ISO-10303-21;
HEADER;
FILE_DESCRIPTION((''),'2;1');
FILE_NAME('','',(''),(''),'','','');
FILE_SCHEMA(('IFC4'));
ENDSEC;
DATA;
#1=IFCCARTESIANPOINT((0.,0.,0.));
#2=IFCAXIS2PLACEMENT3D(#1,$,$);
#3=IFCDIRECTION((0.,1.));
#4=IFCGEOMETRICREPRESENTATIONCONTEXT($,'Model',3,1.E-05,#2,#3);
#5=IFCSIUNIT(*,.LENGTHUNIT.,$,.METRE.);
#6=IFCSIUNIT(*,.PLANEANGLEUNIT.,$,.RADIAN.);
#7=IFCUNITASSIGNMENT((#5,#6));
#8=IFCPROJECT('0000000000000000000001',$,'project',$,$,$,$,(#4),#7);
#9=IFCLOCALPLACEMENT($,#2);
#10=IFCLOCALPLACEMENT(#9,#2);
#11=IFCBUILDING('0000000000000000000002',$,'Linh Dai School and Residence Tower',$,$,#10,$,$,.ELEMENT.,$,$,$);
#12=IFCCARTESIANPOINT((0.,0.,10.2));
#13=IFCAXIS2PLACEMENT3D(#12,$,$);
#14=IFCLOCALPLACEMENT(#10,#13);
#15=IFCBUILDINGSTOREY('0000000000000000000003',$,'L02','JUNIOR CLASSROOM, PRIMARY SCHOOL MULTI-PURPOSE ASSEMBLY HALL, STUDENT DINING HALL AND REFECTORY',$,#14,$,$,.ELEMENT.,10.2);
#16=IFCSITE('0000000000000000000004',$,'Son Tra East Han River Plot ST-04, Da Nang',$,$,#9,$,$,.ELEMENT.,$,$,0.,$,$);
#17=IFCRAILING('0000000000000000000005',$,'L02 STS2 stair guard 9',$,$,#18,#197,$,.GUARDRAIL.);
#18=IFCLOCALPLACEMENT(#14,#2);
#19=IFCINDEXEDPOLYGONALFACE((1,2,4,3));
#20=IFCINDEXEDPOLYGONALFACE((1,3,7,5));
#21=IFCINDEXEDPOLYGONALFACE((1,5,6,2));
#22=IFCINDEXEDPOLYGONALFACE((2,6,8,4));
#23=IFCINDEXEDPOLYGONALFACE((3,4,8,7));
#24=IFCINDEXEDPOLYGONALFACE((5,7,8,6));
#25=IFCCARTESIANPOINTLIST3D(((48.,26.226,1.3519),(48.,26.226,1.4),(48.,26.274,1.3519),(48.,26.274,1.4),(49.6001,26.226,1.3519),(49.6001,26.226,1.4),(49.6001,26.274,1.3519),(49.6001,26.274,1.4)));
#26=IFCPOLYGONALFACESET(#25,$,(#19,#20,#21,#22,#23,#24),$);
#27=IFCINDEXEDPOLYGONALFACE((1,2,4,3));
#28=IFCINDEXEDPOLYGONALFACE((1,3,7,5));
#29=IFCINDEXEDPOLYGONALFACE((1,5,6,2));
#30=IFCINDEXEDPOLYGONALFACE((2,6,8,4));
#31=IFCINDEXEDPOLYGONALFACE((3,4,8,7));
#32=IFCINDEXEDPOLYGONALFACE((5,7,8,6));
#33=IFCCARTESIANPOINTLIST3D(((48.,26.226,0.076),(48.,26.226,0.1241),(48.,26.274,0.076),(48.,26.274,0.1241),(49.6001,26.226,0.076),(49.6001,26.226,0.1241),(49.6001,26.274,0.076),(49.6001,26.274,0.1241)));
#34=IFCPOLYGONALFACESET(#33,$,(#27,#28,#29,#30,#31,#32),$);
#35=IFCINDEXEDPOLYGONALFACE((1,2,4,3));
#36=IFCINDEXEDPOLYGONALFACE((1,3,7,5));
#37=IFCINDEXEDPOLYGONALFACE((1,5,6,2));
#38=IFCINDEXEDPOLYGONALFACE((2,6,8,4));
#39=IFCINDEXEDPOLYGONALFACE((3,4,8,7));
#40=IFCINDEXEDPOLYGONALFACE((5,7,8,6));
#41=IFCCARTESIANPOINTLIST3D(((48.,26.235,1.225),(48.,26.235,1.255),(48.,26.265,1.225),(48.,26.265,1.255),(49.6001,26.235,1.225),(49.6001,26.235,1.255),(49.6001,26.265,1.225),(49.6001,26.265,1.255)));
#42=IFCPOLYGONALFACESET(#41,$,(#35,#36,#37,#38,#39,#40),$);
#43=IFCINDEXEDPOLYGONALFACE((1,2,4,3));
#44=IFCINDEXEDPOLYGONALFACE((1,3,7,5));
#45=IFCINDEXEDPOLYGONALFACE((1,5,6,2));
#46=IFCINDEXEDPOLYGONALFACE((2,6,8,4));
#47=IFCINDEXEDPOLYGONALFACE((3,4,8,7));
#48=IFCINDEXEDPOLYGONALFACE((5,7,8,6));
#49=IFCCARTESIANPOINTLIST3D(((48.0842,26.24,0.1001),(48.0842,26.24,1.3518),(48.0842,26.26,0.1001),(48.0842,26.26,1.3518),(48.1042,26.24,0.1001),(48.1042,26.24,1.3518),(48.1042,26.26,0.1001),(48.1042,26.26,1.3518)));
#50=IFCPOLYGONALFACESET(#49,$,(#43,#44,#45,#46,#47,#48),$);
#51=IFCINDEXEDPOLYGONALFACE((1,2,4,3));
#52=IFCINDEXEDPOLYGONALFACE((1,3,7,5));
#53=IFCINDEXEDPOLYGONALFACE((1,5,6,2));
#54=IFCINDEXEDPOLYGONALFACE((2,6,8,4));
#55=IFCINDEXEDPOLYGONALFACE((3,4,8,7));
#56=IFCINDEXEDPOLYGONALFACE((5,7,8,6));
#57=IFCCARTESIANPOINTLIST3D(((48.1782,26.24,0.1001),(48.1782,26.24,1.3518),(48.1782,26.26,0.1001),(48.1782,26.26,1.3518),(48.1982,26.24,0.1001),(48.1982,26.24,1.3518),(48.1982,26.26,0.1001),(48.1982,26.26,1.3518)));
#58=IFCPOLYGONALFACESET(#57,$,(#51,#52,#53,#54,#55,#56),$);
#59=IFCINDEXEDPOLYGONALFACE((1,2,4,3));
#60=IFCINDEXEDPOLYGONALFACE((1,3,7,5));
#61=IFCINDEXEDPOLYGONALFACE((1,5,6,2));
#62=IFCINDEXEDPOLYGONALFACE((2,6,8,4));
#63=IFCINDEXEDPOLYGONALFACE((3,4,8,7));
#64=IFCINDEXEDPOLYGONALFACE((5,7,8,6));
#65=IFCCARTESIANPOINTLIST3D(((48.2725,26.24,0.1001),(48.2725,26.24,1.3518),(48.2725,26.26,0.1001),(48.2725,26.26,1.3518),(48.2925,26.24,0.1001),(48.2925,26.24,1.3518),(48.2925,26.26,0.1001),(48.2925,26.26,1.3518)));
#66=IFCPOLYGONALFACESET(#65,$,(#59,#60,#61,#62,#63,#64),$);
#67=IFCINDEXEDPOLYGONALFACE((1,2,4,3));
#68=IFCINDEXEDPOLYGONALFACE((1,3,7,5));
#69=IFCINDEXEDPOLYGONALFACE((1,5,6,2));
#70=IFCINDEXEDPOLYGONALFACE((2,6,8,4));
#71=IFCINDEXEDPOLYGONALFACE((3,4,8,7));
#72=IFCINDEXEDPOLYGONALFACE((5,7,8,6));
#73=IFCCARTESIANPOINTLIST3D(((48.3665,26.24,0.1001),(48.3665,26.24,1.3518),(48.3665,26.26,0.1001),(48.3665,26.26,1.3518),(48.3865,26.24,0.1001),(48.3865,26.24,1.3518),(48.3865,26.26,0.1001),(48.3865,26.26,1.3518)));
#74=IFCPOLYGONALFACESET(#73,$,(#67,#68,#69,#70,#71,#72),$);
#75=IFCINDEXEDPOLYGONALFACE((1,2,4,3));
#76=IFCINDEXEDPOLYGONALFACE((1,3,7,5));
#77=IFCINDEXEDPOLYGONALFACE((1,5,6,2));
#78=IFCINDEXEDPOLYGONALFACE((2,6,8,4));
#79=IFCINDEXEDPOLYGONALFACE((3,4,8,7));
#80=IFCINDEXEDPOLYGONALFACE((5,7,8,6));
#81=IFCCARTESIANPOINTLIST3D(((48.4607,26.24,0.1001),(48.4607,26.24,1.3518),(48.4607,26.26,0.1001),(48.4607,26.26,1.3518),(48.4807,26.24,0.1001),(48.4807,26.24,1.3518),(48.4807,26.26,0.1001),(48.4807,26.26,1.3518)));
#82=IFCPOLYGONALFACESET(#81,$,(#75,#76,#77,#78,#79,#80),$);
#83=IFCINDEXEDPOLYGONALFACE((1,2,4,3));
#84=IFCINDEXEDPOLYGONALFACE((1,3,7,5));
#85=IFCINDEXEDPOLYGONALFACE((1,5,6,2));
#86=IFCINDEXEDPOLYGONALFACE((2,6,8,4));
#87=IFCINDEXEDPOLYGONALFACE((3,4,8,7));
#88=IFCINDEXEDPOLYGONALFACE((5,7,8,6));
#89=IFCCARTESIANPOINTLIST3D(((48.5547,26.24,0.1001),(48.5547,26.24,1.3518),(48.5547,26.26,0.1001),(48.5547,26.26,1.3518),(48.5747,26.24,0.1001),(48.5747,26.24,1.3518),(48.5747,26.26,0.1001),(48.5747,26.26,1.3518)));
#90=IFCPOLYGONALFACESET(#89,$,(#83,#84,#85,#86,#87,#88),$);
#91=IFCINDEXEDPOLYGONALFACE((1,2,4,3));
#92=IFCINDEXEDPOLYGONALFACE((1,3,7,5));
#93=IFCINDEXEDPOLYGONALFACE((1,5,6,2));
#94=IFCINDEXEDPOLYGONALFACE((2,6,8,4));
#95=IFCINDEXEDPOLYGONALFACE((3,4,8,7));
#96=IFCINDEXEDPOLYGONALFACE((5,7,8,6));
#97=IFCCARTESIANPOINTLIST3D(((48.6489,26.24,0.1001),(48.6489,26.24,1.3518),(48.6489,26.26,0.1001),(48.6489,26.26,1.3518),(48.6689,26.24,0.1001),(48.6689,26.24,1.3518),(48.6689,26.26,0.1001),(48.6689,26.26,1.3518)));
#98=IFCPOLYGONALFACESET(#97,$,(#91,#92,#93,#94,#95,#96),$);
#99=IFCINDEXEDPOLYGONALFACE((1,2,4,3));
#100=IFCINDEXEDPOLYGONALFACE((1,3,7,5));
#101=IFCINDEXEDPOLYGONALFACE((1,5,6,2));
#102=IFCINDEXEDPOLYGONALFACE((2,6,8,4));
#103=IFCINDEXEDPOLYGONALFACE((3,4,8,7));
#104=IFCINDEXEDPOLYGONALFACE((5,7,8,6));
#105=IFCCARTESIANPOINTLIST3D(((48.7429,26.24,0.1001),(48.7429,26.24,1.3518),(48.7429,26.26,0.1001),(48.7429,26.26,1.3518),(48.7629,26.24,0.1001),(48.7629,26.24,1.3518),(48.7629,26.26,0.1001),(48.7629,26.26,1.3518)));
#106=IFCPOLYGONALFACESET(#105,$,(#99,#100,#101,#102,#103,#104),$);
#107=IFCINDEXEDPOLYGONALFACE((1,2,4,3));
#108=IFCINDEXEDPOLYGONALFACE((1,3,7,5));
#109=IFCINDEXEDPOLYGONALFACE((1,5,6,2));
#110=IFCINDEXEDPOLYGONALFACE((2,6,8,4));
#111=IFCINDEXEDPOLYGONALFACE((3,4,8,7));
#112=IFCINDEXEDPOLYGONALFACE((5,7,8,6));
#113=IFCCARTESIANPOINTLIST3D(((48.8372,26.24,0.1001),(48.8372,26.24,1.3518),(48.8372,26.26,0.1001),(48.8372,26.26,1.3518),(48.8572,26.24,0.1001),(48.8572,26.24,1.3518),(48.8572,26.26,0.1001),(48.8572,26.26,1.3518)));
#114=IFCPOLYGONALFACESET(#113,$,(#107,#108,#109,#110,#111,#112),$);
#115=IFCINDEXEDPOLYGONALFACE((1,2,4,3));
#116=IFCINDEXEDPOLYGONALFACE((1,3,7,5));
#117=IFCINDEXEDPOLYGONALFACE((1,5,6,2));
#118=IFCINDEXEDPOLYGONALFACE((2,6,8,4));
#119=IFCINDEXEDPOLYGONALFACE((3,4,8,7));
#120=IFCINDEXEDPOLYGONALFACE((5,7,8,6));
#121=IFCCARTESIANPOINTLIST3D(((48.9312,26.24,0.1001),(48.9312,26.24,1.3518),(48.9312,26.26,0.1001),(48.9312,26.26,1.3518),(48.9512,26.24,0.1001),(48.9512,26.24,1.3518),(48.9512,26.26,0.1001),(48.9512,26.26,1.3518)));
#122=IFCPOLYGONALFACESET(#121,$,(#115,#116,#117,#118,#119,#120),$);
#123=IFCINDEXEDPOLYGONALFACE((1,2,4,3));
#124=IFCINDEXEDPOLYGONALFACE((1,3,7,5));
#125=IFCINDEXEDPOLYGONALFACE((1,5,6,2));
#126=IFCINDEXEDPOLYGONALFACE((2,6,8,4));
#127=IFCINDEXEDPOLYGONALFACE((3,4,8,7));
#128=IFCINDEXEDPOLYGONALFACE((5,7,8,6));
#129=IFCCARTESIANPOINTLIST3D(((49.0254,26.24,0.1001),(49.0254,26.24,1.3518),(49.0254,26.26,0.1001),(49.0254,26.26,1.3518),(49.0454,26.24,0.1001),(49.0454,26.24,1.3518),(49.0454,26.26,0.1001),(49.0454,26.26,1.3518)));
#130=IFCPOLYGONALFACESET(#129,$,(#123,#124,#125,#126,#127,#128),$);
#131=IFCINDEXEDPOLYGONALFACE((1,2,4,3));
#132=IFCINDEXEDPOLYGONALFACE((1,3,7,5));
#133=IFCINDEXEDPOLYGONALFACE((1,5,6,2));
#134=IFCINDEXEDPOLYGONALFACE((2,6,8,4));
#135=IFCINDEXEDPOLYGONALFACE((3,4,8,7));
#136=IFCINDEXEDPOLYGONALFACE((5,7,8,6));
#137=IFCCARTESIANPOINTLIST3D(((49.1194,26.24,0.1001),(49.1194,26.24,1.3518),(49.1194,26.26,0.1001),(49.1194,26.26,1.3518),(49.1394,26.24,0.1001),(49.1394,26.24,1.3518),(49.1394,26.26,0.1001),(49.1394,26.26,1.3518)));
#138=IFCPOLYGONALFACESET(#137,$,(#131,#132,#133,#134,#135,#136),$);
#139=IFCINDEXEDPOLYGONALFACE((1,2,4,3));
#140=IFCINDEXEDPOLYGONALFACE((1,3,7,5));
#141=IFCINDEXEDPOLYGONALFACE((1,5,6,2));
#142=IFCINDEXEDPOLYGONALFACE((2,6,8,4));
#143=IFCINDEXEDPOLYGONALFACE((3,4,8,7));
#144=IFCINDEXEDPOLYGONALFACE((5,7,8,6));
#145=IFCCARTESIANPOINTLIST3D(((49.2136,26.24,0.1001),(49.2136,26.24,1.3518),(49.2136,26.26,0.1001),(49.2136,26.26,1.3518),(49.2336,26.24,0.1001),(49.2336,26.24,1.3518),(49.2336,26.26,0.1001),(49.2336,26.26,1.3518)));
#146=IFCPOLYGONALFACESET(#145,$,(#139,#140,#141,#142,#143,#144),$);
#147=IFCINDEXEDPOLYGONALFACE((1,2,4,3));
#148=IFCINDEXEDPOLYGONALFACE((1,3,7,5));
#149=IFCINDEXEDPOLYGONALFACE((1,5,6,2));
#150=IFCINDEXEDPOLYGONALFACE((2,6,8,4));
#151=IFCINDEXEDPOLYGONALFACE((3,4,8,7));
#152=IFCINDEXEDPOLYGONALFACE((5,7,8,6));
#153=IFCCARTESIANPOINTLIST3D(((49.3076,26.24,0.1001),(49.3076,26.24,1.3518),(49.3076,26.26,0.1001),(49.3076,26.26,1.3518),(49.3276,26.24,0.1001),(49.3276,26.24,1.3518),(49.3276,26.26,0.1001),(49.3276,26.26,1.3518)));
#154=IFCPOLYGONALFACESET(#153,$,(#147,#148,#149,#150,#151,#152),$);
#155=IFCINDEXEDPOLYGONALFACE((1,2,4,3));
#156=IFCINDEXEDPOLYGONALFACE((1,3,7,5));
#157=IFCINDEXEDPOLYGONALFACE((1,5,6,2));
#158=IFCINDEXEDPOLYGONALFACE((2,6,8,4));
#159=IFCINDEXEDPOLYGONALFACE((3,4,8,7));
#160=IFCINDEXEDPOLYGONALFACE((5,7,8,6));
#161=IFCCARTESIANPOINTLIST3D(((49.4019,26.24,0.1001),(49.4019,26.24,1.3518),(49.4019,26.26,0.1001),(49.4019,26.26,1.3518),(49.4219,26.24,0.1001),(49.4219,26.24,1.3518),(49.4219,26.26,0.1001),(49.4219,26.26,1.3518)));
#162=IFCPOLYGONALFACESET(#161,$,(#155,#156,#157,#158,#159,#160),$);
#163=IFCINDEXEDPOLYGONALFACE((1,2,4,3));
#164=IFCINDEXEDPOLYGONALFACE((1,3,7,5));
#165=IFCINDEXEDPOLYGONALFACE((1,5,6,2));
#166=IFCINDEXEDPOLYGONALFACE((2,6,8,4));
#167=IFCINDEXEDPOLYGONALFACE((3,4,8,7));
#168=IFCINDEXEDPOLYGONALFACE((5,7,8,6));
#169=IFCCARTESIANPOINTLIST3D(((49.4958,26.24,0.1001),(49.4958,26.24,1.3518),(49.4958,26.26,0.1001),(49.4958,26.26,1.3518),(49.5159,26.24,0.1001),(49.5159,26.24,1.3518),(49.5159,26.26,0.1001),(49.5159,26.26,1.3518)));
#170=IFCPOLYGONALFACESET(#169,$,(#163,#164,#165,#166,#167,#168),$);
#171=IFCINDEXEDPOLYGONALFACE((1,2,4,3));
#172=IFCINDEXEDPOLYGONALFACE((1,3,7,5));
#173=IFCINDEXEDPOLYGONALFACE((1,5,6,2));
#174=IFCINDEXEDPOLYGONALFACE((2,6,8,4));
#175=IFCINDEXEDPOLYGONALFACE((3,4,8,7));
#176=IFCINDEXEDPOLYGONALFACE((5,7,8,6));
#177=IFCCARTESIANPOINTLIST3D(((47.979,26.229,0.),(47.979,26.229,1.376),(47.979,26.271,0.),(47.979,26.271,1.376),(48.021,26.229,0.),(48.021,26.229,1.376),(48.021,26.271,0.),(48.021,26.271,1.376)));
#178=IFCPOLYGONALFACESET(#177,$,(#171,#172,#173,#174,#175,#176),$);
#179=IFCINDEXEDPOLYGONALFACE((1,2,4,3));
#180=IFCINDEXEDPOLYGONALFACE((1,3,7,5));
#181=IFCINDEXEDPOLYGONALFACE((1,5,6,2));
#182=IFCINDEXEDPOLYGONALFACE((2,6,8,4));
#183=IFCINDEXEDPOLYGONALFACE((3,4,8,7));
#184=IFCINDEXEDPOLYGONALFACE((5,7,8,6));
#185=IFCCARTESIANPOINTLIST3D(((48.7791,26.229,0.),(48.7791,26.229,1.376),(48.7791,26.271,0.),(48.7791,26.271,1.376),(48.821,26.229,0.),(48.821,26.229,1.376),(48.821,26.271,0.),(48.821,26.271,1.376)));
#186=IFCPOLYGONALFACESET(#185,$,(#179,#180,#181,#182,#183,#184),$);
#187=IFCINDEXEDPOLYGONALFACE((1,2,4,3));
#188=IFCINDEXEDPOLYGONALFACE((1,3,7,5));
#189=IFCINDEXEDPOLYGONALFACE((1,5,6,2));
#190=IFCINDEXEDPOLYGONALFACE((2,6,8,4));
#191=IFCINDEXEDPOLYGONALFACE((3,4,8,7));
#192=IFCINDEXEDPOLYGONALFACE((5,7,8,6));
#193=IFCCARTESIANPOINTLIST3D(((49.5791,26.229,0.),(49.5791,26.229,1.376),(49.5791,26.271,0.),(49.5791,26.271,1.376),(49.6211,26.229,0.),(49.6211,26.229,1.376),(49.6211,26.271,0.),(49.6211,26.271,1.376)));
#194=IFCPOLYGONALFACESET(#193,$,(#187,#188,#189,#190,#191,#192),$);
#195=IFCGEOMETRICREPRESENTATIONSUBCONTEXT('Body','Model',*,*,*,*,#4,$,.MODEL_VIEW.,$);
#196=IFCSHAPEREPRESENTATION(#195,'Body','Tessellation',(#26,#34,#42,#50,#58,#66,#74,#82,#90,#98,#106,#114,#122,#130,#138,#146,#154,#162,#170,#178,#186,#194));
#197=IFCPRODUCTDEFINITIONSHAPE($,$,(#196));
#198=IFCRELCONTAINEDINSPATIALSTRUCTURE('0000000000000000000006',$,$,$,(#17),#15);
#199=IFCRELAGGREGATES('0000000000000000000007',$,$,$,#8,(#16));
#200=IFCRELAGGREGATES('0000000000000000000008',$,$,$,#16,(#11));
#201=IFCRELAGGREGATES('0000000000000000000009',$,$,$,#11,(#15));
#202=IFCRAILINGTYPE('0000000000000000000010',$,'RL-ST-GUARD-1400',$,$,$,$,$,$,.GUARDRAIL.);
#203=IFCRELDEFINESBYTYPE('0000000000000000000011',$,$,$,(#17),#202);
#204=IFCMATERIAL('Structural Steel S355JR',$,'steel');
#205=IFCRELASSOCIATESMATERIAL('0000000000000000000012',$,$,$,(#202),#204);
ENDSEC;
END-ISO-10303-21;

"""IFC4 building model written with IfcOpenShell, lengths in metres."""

from ifc_helpers import new_model, si_unit, direction, frame, origin, origin_2d, place, context, subcontext, project, spatial, rectangle, extrude, source, transform, mapped, material, type_object, element, save


model = new_model("IFC4")

# Units and contexts
model_context = context("Model", 3, precision=1e-05, world=origin(), true_north=direction((0.0, 1.0)))
body_context = subcontext(model_context, "Body", "Model", "MODEL_VIEW")
ifc_project = project(units=[si_unit("LENGTHUNIT", "METRE"), si_unit("PLANEANGLEUNIT", "RADIAN")], contexts=[model_context])

# Site, building, storey
site_placement = place(None, origin())
site = spatial("IfcSite", under=ifc_project, at=site_placement, Name="Son Tra East Han River Plot ST-04, Da Nang", CompositionType="ELEMENT", RefElevation=0.0)
building_placement = place(site_placement, origin())
building = spatial("IfcBuilding", under=site, at=building_placement, Name="Linh Dai School and Residence Tower", CompositionType="ELEMENT")
storey_placement = place(building_placement, frame((0.0, 0.0, 10.2)))
storey = spatial("IfcBuildingStorey", under=building, at=storey_placement, Name="L02", Description="JUNIOR CLASSROOM, PRIMARY SCHOOL MULTI-PURPOSE ASSEMBLY HALL, STUDENT DINING HALL AND REFECTORY", CompositionType="ELEMENT", Elevation=10.2)

# Shared definitions
ifc_material_1 = material(Name="Structural Steel S355JR", Category="steel")

# Railing
railing_type_1 = type_object("IfcRailingType", Name="RL-ST-GUARD-1400", PredefinedType="GUARDRAIL", material=ifc_material_1)
shared_shape_1 = source(origin(), body_context, "Body", "SweptSolid", [
    extrude(rectangle(XDim=0.0481, YDim=0.0481, at=origin_2d()), frame((0.0, 0.0, 1.376), z_axis=(1.0, 0.0, 0.0), x_axis=(0.0, 1.0, 0.0)), (0.0, 0.0, 1.0), 1.6001),
    extrude(rectangle(XDim=0.0481, YDim=0.0481, at=origin_2d()), frame((0.0, 0.0, 0.1001), z_axis=(1.0, 0.0, 0.0), x_axis=(0.0, 1.0, 0.0)), (0.0, 0.0, 1.0), 1.6001),
    extrude(rectangle(XDim=0.03, YDim=0.03, at=origin_2d()), frame((0.0, 0.0, 1.24), z_axis=(1.0, 0.0, 0.0), x_axis=(0.0, 1.0, 0.0)), (0.0, 0.0, 1.0), 1.6001),
    extrude(rectangle(XDim=0.02, YDim=0.02, at=origin_2d()), frame((0.0942, 0.0, 0.1001)), (0.0, 0.0, 1.0), 1.2517),
    extrude(rectangle(XDim=0.02, YDim=0.02, at=origin_2d()), frame((0.1882, 0.0, 0.1001)), (0.0, 0.0, 1.0), 1.2517),
    extrude(rectangle(XDim=0.02, YDim=0.02, at=origin_2d()), frame((0.2825, 0.0, 0.1001)), (0.0, 0.0, 1.0), 1.2517),
    extrude(rectangle(XDim=0.02, YDim=0.02, at=origin_2d()), frame((0.3765, 0.0, 0.1001)), (0.0, 0.0, 1.0), 1.2517),
    extrude(rectangle(XDim=0.02, YDim=0.02, at=origin_2d()), frame((0.4707, 0.0, 0.1001)), (0.0, 0.0, 1.0), 1.2517),
    extrude(rectangle(XDim=0.02, YDim=0.02, at=origin_2d()), frame((0.5647, 0.0, 0.1001)), (0.0, 0.0, 1.0), 1.2517),
    extrude(rectangle(XDim=0.02, YDim=0.02, at=origin_2d()), frame((0.6589, 0.0, 0.1001)), (0.0, 0.0, 1.0), 1.2517),
    extrude(rectangle(XDim=0.02, YDim=0.02, at=origin_2d()), frame((0.7529, 0.0, 0.1001)), (0.0, 0.0, 1.0), 1.2517),
    extrude(rectangle(XDim=0.02, YDim=0.02, at=origin_2d()), frame((0.8472, 0.0, 0.1001)), (0.0, 0.0, 1.0), 1.2517),
    extrude(rectangle(XDim=0.02, YDim=0.02, at=origin_2d()), frame((0.9412, 0.0, 0.1001)), (0.0, 0.0, 1.0), 1.2517),
    extrude(rectangle(XDim=0.02, YDim=0.02, at=origin_2d()), frame((1.0354, 0.0, 0.1001)), (0.0, 0.0, 1.0), 1.2517),
    extrude(rectangle(XDim=0.02, YDim=0.02, at=origin_2d()), frame((1.1294, 0.0, 0.1001)), (0.0, 0.0, 1.0), 1.2517),
    extrude(rectangle(XDim=0.02, YDim=0.02, at=origin_2d()), frame((1.2236, 0.0, 0.1001)), (0.0, 0.0, 1.0), 1.2517),
    extrude(rectangle(XDim=0.02, YDim=0.02, at=origin_2d()), frame((1.3176, 0.0, 0.1001)), (0.0, 0.0, 1.0), 1.2517),
    extrude(rectangle(XDim=0.02, YDim=0.02, at=origin_2d()), frame((1.4119, 0.0, 0.1001)), (0.0, 0.0, 1.0), 1.2517),
    extrude(rectangle(XDim=0.02, YDim=0.02, at=origin_2d()), frame((1.5059, 0.0, 0.1001)), (0.0, 0.0, 1.0), 1.2517),
    extrude(rectangle(XDim=0.042, YDim=0.042, at=origin_2d()), origin(), (0.0, 0.0, 1.0), 1.376),
    extrude(rectangle(XDim=0.042, YDim=0.042, at=origin_2d()), frame((0.8, 0.0, 0.0)), (0.0, 0.0, 1.0), 1.376),
    extrude(rectangle(XDim=0.042, YDim=0.042, at=origin_2d()), frame((1.6001, 0.0, 0.0)), (0.0, 0.0, 1.0), 1.376),
])
railing_1_placement = place(storey_placement, frame((48.0, 26.25, 0.0)))
element("IfcRailing", 1, at=railing_1_placement, inside=storey, type_object=railing_type_1, Name="L02 STS2 stair guard 9", PredefinedType="GUARDRAIL", context=body_context, shape_type="MappedRepresentation", body=[
    mapped(shared_shape_1, transform((0.0, 0.0, 0.0), x_axis=(1.0, 0.0, 0.0), y_axis=(0.0, 1.0, 0.0), z_axis=(0.0, 0.0, 1.0), scale=1.0)),
])

save(model, "model.ifc")
